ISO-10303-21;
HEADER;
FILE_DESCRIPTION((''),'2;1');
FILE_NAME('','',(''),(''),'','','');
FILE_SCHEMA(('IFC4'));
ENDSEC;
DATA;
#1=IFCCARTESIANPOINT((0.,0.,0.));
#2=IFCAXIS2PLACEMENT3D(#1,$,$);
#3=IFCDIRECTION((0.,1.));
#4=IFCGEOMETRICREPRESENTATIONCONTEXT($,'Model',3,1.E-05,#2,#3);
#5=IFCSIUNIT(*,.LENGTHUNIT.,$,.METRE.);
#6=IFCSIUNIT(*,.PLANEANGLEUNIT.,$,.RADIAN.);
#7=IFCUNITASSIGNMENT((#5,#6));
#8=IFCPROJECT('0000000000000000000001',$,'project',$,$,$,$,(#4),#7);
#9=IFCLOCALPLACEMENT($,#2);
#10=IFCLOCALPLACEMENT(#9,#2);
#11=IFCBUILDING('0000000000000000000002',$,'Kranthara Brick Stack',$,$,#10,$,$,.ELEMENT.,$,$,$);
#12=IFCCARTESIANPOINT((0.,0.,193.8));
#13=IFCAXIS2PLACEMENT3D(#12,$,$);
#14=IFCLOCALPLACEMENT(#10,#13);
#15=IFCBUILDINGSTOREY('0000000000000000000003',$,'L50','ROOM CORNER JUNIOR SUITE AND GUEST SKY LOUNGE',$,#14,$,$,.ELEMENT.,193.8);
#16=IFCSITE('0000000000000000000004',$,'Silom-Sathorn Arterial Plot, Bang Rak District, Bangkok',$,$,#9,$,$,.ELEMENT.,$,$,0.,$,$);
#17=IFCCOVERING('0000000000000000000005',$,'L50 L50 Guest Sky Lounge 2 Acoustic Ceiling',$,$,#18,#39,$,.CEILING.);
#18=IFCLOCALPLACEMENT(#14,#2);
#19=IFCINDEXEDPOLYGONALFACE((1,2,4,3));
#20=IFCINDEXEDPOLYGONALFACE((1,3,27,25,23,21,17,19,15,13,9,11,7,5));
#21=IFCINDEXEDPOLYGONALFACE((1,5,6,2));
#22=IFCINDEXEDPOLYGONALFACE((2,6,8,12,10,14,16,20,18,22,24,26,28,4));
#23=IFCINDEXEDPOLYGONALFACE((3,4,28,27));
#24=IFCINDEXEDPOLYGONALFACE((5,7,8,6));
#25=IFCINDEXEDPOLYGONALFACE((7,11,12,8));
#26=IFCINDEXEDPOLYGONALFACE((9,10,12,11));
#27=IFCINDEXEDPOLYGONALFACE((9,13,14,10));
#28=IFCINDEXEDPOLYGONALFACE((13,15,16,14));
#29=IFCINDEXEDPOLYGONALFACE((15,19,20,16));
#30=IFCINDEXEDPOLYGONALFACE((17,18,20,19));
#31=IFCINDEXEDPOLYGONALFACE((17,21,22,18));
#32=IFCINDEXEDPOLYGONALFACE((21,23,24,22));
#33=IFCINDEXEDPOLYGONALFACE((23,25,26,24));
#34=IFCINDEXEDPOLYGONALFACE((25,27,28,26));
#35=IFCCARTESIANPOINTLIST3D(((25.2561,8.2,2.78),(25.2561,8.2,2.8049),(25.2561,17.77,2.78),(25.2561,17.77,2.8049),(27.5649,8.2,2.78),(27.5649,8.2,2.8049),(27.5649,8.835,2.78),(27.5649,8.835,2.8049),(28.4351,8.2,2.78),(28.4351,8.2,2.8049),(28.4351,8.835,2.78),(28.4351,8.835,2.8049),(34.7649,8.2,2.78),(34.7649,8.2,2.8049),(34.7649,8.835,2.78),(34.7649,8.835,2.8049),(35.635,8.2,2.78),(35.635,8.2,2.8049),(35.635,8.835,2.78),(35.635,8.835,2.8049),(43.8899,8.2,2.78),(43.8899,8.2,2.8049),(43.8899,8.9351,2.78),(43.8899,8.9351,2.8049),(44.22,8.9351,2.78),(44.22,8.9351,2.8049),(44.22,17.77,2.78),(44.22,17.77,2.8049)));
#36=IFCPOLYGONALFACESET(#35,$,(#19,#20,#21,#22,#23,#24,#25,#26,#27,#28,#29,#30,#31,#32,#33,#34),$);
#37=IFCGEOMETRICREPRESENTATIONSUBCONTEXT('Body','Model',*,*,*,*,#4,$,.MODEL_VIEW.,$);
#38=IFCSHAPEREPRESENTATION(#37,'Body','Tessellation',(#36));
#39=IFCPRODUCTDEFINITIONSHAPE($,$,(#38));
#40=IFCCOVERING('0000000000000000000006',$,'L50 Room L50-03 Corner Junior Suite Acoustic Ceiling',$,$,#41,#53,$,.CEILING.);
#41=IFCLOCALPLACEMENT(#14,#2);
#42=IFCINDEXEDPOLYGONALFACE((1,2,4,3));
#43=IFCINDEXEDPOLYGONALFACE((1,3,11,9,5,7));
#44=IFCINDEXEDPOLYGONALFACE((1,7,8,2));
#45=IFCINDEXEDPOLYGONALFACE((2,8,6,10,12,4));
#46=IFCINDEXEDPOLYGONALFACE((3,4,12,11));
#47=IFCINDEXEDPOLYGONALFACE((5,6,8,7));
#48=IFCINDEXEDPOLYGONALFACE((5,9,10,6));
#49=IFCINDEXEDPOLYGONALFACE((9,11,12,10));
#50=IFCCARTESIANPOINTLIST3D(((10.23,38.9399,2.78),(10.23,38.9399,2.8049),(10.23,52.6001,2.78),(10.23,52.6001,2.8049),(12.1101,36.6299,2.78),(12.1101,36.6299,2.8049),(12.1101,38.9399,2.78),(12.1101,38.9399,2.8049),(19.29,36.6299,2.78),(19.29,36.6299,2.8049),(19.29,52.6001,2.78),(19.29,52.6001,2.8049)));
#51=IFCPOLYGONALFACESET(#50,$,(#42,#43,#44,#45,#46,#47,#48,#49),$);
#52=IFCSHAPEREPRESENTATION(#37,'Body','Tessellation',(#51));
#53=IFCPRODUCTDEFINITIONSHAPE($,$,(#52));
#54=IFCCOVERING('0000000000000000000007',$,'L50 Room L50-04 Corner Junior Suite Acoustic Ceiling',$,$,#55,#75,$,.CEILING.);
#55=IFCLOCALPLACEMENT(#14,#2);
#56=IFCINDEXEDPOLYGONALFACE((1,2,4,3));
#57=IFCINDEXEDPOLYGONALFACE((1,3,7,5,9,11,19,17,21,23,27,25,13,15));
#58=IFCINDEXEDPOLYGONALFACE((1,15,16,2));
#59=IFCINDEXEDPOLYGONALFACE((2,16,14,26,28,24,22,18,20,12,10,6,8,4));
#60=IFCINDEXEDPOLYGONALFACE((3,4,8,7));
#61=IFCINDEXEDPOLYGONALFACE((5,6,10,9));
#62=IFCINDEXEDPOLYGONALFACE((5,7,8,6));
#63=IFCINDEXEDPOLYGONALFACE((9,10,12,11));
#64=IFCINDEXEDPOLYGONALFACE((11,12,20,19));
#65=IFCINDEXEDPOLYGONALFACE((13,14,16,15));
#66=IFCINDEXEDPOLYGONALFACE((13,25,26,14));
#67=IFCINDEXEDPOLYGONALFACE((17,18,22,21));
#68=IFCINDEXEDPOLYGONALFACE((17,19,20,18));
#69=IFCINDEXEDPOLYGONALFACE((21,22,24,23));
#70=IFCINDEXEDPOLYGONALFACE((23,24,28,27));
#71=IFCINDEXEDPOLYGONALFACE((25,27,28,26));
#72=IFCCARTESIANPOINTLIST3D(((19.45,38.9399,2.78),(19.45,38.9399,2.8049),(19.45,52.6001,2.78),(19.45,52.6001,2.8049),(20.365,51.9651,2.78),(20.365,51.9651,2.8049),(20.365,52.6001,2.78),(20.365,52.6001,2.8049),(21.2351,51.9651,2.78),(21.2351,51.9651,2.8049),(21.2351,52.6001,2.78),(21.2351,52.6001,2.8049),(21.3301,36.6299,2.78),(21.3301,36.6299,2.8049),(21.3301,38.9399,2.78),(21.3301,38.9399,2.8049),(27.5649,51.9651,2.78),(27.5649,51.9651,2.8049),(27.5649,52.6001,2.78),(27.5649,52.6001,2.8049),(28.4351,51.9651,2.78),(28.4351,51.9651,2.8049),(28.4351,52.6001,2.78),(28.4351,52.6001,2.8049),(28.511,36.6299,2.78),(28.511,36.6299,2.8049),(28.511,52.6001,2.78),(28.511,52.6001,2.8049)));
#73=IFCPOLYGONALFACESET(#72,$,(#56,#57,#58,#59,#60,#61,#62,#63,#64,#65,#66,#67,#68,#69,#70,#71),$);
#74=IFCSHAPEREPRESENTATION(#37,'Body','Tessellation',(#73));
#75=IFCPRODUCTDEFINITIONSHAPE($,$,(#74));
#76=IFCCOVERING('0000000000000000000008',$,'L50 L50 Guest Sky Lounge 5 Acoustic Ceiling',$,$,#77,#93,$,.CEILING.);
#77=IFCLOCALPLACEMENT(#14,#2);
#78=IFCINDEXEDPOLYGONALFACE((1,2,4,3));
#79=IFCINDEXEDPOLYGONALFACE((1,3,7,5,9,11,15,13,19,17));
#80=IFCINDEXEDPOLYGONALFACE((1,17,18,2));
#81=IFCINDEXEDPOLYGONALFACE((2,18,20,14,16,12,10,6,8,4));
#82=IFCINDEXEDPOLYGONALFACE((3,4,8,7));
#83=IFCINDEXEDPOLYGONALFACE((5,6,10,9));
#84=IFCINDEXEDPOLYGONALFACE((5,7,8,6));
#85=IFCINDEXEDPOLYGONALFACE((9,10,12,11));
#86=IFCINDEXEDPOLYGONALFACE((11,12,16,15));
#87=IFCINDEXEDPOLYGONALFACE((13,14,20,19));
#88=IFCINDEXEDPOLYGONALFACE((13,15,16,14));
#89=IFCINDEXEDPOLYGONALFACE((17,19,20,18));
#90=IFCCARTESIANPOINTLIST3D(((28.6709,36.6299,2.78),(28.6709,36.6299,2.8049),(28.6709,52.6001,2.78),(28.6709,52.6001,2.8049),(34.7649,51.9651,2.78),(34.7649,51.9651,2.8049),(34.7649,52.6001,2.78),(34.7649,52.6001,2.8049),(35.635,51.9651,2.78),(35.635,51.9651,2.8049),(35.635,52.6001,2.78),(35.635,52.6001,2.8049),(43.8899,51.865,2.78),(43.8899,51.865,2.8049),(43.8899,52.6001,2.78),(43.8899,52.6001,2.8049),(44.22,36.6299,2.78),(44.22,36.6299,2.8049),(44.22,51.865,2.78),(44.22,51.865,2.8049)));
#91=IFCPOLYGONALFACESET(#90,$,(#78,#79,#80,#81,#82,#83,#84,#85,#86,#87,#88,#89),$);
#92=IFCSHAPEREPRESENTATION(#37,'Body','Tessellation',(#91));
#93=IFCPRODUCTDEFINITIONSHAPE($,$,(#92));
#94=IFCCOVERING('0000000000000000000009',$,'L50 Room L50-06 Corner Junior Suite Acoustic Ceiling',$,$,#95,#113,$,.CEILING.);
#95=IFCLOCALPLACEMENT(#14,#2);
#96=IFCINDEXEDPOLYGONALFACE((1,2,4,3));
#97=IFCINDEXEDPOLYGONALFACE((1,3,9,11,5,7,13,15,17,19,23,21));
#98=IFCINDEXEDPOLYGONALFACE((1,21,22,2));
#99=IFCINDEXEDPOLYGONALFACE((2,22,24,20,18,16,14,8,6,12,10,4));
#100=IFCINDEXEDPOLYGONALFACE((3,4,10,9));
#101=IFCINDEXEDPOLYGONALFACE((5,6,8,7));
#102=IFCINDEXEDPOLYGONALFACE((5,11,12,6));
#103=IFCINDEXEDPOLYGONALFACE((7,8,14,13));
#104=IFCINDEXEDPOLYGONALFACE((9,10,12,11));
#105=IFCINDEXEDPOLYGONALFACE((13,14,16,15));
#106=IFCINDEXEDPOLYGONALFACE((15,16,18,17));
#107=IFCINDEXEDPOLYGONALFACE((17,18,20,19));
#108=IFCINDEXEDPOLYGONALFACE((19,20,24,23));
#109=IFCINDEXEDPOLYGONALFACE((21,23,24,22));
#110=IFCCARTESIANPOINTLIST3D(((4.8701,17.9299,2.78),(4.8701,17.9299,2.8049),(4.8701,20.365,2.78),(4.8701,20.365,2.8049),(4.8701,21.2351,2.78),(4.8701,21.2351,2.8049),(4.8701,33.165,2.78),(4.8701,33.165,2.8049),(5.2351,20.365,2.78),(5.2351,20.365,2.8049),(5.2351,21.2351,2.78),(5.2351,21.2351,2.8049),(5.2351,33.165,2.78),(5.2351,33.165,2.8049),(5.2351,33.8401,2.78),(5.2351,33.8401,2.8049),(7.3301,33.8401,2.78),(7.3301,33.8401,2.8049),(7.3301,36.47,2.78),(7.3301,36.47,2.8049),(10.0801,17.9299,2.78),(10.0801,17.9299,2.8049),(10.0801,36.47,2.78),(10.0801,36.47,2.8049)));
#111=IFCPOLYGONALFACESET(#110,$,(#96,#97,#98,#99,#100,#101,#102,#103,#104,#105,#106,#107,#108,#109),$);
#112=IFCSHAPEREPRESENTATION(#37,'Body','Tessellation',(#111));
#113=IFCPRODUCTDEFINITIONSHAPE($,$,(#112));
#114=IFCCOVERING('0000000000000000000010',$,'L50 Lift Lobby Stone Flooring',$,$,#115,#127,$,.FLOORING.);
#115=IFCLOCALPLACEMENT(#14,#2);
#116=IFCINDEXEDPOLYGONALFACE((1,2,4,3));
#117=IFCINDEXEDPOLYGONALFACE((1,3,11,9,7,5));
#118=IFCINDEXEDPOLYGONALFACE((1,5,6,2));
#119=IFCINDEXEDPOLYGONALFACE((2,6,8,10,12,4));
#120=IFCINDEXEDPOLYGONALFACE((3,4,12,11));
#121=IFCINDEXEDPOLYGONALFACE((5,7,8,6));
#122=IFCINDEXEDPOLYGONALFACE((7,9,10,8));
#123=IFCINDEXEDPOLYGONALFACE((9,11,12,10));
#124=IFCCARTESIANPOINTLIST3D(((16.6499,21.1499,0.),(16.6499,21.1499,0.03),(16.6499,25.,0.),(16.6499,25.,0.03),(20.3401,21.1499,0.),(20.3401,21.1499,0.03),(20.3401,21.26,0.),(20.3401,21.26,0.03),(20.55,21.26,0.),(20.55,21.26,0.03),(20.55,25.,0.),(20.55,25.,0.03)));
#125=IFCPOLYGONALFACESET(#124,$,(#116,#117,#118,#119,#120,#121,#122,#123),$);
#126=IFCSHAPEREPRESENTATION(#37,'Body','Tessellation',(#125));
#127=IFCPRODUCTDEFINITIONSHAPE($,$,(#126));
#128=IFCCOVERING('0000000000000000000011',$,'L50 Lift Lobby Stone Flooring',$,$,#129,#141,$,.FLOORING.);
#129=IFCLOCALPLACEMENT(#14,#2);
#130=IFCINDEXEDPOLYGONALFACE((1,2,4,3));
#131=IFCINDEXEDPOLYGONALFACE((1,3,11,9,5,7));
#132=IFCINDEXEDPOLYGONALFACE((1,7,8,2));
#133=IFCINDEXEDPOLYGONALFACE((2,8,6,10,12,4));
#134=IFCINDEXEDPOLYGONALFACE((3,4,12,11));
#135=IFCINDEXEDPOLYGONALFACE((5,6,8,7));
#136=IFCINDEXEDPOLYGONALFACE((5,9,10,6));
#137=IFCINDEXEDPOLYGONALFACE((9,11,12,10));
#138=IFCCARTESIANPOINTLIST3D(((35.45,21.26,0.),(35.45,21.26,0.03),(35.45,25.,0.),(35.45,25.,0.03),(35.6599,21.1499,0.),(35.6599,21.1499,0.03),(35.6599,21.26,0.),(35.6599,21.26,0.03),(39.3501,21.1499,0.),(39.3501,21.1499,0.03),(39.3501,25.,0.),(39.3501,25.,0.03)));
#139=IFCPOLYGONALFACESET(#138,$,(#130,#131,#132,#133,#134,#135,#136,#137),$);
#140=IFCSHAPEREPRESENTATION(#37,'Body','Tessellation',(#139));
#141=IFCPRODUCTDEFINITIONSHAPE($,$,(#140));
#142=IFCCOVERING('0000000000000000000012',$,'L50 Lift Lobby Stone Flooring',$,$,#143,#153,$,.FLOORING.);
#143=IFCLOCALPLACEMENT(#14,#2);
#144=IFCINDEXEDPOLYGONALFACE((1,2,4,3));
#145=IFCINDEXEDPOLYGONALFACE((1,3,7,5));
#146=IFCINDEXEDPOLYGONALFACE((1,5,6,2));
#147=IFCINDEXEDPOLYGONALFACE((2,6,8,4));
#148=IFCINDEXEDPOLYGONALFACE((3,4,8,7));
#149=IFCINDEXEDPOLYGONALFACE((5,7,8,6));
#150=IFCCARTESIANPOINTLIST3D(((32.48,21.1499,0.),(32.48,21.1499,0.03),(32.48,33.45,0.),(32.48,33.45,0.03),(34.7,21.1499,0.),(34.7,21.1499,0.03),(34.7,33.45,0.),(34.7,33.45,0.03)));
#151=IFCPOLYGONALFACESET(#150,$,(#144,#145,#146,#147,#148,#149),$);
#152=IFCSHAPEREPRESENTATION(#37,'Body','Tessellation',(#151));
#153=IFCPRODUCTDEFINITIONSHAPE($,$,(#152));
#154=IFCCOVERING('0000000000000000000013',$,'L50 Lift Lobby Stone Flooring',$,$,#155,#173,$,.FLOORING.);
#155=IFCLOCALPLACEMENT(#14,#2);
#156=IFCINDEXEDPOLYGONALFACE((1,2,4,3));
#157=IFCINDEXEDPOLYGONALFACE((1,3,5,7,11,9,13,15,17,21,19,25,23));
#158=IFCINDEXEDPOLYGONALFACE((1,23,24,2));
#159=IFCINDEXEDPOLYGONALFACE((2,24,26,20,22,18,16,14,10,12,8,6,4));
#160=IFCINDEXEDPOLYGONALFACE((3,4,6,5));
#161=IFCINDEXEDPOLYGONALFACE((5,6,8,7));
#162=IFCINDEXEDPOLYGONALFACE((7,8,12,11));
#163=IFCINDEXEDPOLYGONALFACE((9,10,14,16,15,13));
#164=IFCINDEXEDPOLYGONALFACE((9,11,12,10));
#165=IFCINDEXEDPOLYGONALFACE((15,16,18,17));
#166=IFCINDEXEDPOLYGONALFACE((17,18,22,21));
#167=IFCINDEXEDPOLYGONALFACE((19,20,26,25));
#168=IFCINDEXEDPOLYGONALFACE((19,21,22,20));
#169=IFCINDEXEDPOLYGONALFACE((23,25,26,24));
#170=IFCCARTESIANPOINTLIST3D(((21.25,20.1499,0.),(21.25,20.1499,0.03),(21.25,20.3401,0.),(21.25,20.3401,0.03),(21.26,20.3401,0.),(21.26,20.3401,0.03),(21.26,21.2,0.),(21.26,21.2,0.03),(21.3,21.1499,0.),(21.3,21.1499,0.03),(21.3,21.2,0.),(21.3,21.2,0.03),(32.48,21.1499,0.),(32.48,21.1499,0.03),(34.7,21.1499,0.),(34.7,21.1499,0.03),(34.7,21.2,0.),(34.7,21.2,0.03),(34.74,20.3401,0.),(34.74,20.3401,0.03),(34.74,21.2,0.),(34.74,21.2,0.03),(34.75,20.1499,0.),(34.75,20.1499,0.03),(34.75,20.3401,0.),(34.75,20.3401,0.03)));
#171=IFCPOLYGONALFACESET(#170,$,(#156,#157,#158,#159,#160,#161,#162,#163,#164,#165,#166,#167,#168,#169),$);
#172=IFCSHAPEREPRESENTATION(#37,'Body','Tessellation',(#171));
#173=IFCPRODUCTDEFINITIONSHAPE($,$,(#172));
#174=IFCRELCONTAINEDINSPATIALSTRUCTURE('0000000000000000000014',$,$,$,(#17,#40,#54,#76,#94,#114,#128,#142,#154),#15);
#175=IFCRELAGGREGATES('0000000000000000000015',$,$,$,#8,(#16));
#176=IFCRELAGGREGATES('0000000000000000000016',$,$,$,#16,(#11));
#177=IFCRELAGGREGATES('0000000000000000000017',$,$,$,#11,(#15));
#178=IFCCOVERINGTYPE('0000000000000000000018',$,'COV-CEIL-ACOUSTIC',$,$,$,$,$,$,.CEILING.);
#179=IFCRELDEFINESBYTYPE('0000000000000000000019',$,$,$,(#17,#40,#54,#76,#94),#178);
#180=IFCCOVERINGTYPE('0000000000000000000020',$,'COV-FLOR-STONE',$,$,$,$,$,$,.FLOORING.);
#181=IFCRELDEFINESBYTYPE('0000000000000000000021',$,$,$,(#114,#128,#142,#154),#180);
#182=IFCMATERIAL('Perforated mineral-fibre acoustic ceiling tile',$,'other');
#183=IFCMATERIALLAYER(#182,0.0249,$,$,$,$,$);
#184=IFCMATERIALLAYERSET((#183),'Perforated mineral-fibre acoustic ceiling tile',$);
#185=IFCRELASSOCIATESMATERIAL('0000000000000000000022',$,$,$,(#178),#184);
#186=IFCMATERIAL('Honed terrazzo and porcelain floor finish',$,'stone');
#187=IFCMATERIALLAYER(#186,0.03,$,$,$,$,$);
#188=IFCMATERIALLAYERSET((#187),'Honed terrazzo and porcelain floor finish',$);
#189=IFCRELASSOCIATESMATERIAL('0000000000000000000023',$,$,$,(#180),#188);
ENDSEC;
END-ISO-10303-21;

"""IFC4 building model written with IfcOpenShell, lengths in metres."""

from ifc_helpers import new_model, si_unit, direction, frame, origin, place, context, subcontext, project, spatial, polyline, outline, extrude, material, layer, layer_set, type_object, element, save


model = new_model("IFC4")

# Units and contexts
model_context = context("Model", 3, precision=1e-05, world=origin(), true_north=direction((0.0, 1.0)))
body_context = subcontext(model_context, "Body", "Model", "MODEL_VIEW")
ifc_project = project(units=[si_unit("LENGTHUNIT", "METRE"), si_unit("PLANEANGLEUNIT", "RADIAN")], contexts=[model_context])

# Site, building, storey
site_placement = place(None, origin())
site = spatial("IfcSite", under=ifc_project, at=site_placement, Name="Silom-Sathorn Arterial Plot, Bang Rak District, Bangkok", CompositionType="ELEMENT", RefElevation=0.0)
building_placement = place(site_placement, origin())
building = spatial("IfcBuilding", under=site, at=building_placement, Name="Kranthara Brick Stack", CompositionType="ELEMENT")
storey_placement = place(building_placement, frame((0.0, 0.0, 193.8)))
storey = spatial("IfcBuildingStorey", under=building, at=storey_placement, Name="L50", Description="ROOM CORNER JUNIOR SUITE AND GUEST SKY LOUNGE", CompositionType="ELEMENT", Elevation=193.8)

# Coverings
ifc_material_1 = material(Name="Perforated mineral-fibre acoustic ceiling tile", Category="other")
ifc_layer_1 = layer(ifc_material_1, 0.0249)
ifc_layer_set_1 = layer_set([ifc_layer_1], Name="Perforated mineral-fibre acoustic ceiling tile")
covering_type_1 = type_object("IfcCoveringType", Name="COV-CEIL-ACOUSTIC", PredefinedType="CEILING", material=ifc_layer_set_1)
covering_1_placement = place(storey_placement, frame((0.0, 0.0, 2.78)))
element("IfcCovering", 1, at=covering_1_placement, inside=storey, type_object=covering_type_1, Name="L50 L50 Guest Sky Lounge 2 Acoustic Ceiling", PredefinedType="CEILING", context=body_context, shape_type="SweptSolid", body=[
    extrude(outline(polyline([(44.22, 17.77), (44.22, 8.9351), (43.8899, 8.9351), (43.8899, 8.2), (35.635, 8.2), (35.635, 8.835), (34.7649, 8.835), (34.7649, 8.2), (28.4351, 8.2), (28.4351, 8.835), (27.5649, 8.835), (27.5649, 8.2), (25.2561, 8.2), (25.2561, 17.77), (44.22, 17.77)])), origin(), (0.0, 0.0, 1.0), 0.0249),
])
covering_2_placement = place(storey_placement, frame((0.0, 0.0, 2.78)))
element("IfcCovering", 2, at=covering_2_placement, inside=storey, type_object=covering_type_1, Name="L50 Room L50-03 Corner Junior Suite Acoustic Ceiling", PredefinedType="CEILING", context=body_context, shape_type="SweptSolid", body=[
    extrude(outline(polyline([(12.1101, 36.6299), (19.29, 36.6299), (19.29, 52.6001), (10.23, 52.6001), (10.23, 38.9399), (12.1101, 38.9399), (12.1101, 36.6299)])), origin(), (0.0, 0.0, 1.0), 0.0249),
])
covering_3_placement = place(storey_placement, frame((0.0, 0.0, 2.78)))
element("IfcCovering", 3, at=covering_3_placement, inside=storey, type_object=covering_type_1, Name="L50 Room L50-04 Corner Junior Suite Acoustic Ceiling", PredefinedType="CEILING", context=body_context, shape_type="SweptSolid", body=[
    extrude(outline(polyline([(28.511, 36.6299), (21.3301, 36.6299), (21.3301, 38.9399), (19.45, 38.9399), (19.45, 52.6001), (20.365, 52.6001), (20.365, 51.9651), (21.2351, 51.9651), (21.2351, 52.6001), (27.5649, 52.6001), (27.5649, 51.9651), (28.4351, 51.9651), (28.4351, 52.6001), (28.511, 52.6001), (28.511, 36.6299)])), origin(), (0.0, 0.0, 1.0), 0.0249),
])
covering_4_placement = place(storey_placement, frame((0.0, 0.0, 2.78)))
element("IfcCovering", 4, at=covering_4_placement, inside=storey, type_object=covering_type_1, Name="L50 L50 Guest Sky Lounge 5 Acoustic Ceiling", PredefinedType="CEILING", context=body_context, shape_type="SweptSolid", body=[
    extrude(outline(polyline([(44.22, 36.6299), (28.6709, 36.6299), (28.6709, 52.6001), (34.7649, 52.6001), (34.7649, 51.9651), (35.635, 51.9651), (35.635, 52.6001), (43.8899, 52.6001), (43.8899, 51.865), (44.22, 51.865), (44.22, 36.6299)])), origin(), (0.0, 0.0, 1.0), 0.0249),
])
covering_5_placement = place(storey_placement, frame((0.0, 0.0, 2.78)))
element("IfcCovering", 5, at=covering_5_placement, inside=storey, type_object=covering_type_1, Name="L50 Room L50-06 Corner Junior Suite Acoustic Ceiling", PredefinedType="CEILING", context=body_context, shape_type="SweptSolid", body=[
    extrude(outline(polyline([(7.3301, 33.8401), (7.3301, 36.47), (10.0801, 36.47), (10.0801, 17.9299), (4.8701, 17.9299), (4.8701, 20.365), (5.2351, 20.365), (5.2351, 21.2351), (4.8701, 21.2351), (4.8701, 33.165), (5.2351, 33.165), (5.2351, 33.8401), (7.3301, 33.8401)])), origin(), (0.0, 0.0, 1.0), 0.0249),
])
ifc_material_2 = material(Name="Honed terrazzo and porcelain floor finish", Category="stone")
ifc_layer_2 = layer(ifc_material_2, 0.03)
ifc_layer_set_2 = layer_set([ifc_layer_2], Name="Honed terrazzo and porcelain floor finish")
covering_type_2 = type_object("IfcCoveringType", Name="COV-FLOR-STONE", PredefinedType="FLOORING", material=ifc_layer_set_2)
covering_6_placement = place(storey_placement, origin())
element("IfcCovering", 6, at=covering_6_placement, inside=storey, type_object=covering_type_2, Name="L50 Lift Lobby Stone Flooring", PredefinedType="FLOORING", context=body_context, shape_type="SweptSolid", body=[
    extrude(outline(polyline([(16.6499, 21.1499), (16.6499, 25.0), (20.55, 25.0), (20.55, 21.26), (20.3401, 21.26), (20.3401, 21.1499), (16.6499, 21.1499)])), origin(), (0.0, 0.0, 1.0), 0.03),
])
covering_7_placement = place(storey_placement, origin())
element("IfcCovering", 7, at=covering_7_placement, inside=storey, type_object=covering_type_2, Name="L50 Lift Lobby Stone Flooring", PredefinedType="FLOORING", context=body_context, shape_type="SweptSolid", body=[
    extrude(outline(polyline([(35.45, 25.0), (39.3501, 25.0), (39.3501, 21.1499), (35.6599, 21.1499), (35.6599, 21.26), (35.45, 21.26), (35.45, 25.0)])), origin(), (0.0, 0.0, 1.0), 0.03),
])
covering_8_placement = place(storey_placement, origin())
element("IfcCovering", 8, at=covering_8_placement, inside=storey, type_object=covering_type_2, Name="L50 Lift Lobby Stone Flooring", PredefinedType="FLOORING", context=body_context, shape_type="SweptSolid", body=[
    extrude(outline(polyline([(34.7, 21.1499), (34.7, 33.45), (32.48, 33.45), (32.48, 21.1499), (34.7, 21.1499)])), origin(), (0.0, 0.0, 1.0), 0.03),
])
covering_9_placement = place(storey_placement, origin())
element("IfcCovering", 9, at=covering_9_placement, inside=storey, type_object=covering_type_2, Name="L50 Lift Lobby Stone Flooring", PredefinedType="FLOORING", context=body_context, shape_type="SweptSolid", body=[
    extrude(outline(polyline([(21.25, 20.3401), (21.26, 20.3401), (21.26, 21.2), (21.3, 21.2), (21.3, 21.1499), (32.48, 21.1499), (34.7, 21.1499), (34.7, 21.2), (34.74, 21.2), (34.74, 20.3401), (34.75, 20.3401), (34.75, 20.1499), (21.25, 20.1499), (21.25, 20.3401)])), origin(), (0.0, 0.0, 1.0), 0.03),
])

save(model, "model.ifc")
